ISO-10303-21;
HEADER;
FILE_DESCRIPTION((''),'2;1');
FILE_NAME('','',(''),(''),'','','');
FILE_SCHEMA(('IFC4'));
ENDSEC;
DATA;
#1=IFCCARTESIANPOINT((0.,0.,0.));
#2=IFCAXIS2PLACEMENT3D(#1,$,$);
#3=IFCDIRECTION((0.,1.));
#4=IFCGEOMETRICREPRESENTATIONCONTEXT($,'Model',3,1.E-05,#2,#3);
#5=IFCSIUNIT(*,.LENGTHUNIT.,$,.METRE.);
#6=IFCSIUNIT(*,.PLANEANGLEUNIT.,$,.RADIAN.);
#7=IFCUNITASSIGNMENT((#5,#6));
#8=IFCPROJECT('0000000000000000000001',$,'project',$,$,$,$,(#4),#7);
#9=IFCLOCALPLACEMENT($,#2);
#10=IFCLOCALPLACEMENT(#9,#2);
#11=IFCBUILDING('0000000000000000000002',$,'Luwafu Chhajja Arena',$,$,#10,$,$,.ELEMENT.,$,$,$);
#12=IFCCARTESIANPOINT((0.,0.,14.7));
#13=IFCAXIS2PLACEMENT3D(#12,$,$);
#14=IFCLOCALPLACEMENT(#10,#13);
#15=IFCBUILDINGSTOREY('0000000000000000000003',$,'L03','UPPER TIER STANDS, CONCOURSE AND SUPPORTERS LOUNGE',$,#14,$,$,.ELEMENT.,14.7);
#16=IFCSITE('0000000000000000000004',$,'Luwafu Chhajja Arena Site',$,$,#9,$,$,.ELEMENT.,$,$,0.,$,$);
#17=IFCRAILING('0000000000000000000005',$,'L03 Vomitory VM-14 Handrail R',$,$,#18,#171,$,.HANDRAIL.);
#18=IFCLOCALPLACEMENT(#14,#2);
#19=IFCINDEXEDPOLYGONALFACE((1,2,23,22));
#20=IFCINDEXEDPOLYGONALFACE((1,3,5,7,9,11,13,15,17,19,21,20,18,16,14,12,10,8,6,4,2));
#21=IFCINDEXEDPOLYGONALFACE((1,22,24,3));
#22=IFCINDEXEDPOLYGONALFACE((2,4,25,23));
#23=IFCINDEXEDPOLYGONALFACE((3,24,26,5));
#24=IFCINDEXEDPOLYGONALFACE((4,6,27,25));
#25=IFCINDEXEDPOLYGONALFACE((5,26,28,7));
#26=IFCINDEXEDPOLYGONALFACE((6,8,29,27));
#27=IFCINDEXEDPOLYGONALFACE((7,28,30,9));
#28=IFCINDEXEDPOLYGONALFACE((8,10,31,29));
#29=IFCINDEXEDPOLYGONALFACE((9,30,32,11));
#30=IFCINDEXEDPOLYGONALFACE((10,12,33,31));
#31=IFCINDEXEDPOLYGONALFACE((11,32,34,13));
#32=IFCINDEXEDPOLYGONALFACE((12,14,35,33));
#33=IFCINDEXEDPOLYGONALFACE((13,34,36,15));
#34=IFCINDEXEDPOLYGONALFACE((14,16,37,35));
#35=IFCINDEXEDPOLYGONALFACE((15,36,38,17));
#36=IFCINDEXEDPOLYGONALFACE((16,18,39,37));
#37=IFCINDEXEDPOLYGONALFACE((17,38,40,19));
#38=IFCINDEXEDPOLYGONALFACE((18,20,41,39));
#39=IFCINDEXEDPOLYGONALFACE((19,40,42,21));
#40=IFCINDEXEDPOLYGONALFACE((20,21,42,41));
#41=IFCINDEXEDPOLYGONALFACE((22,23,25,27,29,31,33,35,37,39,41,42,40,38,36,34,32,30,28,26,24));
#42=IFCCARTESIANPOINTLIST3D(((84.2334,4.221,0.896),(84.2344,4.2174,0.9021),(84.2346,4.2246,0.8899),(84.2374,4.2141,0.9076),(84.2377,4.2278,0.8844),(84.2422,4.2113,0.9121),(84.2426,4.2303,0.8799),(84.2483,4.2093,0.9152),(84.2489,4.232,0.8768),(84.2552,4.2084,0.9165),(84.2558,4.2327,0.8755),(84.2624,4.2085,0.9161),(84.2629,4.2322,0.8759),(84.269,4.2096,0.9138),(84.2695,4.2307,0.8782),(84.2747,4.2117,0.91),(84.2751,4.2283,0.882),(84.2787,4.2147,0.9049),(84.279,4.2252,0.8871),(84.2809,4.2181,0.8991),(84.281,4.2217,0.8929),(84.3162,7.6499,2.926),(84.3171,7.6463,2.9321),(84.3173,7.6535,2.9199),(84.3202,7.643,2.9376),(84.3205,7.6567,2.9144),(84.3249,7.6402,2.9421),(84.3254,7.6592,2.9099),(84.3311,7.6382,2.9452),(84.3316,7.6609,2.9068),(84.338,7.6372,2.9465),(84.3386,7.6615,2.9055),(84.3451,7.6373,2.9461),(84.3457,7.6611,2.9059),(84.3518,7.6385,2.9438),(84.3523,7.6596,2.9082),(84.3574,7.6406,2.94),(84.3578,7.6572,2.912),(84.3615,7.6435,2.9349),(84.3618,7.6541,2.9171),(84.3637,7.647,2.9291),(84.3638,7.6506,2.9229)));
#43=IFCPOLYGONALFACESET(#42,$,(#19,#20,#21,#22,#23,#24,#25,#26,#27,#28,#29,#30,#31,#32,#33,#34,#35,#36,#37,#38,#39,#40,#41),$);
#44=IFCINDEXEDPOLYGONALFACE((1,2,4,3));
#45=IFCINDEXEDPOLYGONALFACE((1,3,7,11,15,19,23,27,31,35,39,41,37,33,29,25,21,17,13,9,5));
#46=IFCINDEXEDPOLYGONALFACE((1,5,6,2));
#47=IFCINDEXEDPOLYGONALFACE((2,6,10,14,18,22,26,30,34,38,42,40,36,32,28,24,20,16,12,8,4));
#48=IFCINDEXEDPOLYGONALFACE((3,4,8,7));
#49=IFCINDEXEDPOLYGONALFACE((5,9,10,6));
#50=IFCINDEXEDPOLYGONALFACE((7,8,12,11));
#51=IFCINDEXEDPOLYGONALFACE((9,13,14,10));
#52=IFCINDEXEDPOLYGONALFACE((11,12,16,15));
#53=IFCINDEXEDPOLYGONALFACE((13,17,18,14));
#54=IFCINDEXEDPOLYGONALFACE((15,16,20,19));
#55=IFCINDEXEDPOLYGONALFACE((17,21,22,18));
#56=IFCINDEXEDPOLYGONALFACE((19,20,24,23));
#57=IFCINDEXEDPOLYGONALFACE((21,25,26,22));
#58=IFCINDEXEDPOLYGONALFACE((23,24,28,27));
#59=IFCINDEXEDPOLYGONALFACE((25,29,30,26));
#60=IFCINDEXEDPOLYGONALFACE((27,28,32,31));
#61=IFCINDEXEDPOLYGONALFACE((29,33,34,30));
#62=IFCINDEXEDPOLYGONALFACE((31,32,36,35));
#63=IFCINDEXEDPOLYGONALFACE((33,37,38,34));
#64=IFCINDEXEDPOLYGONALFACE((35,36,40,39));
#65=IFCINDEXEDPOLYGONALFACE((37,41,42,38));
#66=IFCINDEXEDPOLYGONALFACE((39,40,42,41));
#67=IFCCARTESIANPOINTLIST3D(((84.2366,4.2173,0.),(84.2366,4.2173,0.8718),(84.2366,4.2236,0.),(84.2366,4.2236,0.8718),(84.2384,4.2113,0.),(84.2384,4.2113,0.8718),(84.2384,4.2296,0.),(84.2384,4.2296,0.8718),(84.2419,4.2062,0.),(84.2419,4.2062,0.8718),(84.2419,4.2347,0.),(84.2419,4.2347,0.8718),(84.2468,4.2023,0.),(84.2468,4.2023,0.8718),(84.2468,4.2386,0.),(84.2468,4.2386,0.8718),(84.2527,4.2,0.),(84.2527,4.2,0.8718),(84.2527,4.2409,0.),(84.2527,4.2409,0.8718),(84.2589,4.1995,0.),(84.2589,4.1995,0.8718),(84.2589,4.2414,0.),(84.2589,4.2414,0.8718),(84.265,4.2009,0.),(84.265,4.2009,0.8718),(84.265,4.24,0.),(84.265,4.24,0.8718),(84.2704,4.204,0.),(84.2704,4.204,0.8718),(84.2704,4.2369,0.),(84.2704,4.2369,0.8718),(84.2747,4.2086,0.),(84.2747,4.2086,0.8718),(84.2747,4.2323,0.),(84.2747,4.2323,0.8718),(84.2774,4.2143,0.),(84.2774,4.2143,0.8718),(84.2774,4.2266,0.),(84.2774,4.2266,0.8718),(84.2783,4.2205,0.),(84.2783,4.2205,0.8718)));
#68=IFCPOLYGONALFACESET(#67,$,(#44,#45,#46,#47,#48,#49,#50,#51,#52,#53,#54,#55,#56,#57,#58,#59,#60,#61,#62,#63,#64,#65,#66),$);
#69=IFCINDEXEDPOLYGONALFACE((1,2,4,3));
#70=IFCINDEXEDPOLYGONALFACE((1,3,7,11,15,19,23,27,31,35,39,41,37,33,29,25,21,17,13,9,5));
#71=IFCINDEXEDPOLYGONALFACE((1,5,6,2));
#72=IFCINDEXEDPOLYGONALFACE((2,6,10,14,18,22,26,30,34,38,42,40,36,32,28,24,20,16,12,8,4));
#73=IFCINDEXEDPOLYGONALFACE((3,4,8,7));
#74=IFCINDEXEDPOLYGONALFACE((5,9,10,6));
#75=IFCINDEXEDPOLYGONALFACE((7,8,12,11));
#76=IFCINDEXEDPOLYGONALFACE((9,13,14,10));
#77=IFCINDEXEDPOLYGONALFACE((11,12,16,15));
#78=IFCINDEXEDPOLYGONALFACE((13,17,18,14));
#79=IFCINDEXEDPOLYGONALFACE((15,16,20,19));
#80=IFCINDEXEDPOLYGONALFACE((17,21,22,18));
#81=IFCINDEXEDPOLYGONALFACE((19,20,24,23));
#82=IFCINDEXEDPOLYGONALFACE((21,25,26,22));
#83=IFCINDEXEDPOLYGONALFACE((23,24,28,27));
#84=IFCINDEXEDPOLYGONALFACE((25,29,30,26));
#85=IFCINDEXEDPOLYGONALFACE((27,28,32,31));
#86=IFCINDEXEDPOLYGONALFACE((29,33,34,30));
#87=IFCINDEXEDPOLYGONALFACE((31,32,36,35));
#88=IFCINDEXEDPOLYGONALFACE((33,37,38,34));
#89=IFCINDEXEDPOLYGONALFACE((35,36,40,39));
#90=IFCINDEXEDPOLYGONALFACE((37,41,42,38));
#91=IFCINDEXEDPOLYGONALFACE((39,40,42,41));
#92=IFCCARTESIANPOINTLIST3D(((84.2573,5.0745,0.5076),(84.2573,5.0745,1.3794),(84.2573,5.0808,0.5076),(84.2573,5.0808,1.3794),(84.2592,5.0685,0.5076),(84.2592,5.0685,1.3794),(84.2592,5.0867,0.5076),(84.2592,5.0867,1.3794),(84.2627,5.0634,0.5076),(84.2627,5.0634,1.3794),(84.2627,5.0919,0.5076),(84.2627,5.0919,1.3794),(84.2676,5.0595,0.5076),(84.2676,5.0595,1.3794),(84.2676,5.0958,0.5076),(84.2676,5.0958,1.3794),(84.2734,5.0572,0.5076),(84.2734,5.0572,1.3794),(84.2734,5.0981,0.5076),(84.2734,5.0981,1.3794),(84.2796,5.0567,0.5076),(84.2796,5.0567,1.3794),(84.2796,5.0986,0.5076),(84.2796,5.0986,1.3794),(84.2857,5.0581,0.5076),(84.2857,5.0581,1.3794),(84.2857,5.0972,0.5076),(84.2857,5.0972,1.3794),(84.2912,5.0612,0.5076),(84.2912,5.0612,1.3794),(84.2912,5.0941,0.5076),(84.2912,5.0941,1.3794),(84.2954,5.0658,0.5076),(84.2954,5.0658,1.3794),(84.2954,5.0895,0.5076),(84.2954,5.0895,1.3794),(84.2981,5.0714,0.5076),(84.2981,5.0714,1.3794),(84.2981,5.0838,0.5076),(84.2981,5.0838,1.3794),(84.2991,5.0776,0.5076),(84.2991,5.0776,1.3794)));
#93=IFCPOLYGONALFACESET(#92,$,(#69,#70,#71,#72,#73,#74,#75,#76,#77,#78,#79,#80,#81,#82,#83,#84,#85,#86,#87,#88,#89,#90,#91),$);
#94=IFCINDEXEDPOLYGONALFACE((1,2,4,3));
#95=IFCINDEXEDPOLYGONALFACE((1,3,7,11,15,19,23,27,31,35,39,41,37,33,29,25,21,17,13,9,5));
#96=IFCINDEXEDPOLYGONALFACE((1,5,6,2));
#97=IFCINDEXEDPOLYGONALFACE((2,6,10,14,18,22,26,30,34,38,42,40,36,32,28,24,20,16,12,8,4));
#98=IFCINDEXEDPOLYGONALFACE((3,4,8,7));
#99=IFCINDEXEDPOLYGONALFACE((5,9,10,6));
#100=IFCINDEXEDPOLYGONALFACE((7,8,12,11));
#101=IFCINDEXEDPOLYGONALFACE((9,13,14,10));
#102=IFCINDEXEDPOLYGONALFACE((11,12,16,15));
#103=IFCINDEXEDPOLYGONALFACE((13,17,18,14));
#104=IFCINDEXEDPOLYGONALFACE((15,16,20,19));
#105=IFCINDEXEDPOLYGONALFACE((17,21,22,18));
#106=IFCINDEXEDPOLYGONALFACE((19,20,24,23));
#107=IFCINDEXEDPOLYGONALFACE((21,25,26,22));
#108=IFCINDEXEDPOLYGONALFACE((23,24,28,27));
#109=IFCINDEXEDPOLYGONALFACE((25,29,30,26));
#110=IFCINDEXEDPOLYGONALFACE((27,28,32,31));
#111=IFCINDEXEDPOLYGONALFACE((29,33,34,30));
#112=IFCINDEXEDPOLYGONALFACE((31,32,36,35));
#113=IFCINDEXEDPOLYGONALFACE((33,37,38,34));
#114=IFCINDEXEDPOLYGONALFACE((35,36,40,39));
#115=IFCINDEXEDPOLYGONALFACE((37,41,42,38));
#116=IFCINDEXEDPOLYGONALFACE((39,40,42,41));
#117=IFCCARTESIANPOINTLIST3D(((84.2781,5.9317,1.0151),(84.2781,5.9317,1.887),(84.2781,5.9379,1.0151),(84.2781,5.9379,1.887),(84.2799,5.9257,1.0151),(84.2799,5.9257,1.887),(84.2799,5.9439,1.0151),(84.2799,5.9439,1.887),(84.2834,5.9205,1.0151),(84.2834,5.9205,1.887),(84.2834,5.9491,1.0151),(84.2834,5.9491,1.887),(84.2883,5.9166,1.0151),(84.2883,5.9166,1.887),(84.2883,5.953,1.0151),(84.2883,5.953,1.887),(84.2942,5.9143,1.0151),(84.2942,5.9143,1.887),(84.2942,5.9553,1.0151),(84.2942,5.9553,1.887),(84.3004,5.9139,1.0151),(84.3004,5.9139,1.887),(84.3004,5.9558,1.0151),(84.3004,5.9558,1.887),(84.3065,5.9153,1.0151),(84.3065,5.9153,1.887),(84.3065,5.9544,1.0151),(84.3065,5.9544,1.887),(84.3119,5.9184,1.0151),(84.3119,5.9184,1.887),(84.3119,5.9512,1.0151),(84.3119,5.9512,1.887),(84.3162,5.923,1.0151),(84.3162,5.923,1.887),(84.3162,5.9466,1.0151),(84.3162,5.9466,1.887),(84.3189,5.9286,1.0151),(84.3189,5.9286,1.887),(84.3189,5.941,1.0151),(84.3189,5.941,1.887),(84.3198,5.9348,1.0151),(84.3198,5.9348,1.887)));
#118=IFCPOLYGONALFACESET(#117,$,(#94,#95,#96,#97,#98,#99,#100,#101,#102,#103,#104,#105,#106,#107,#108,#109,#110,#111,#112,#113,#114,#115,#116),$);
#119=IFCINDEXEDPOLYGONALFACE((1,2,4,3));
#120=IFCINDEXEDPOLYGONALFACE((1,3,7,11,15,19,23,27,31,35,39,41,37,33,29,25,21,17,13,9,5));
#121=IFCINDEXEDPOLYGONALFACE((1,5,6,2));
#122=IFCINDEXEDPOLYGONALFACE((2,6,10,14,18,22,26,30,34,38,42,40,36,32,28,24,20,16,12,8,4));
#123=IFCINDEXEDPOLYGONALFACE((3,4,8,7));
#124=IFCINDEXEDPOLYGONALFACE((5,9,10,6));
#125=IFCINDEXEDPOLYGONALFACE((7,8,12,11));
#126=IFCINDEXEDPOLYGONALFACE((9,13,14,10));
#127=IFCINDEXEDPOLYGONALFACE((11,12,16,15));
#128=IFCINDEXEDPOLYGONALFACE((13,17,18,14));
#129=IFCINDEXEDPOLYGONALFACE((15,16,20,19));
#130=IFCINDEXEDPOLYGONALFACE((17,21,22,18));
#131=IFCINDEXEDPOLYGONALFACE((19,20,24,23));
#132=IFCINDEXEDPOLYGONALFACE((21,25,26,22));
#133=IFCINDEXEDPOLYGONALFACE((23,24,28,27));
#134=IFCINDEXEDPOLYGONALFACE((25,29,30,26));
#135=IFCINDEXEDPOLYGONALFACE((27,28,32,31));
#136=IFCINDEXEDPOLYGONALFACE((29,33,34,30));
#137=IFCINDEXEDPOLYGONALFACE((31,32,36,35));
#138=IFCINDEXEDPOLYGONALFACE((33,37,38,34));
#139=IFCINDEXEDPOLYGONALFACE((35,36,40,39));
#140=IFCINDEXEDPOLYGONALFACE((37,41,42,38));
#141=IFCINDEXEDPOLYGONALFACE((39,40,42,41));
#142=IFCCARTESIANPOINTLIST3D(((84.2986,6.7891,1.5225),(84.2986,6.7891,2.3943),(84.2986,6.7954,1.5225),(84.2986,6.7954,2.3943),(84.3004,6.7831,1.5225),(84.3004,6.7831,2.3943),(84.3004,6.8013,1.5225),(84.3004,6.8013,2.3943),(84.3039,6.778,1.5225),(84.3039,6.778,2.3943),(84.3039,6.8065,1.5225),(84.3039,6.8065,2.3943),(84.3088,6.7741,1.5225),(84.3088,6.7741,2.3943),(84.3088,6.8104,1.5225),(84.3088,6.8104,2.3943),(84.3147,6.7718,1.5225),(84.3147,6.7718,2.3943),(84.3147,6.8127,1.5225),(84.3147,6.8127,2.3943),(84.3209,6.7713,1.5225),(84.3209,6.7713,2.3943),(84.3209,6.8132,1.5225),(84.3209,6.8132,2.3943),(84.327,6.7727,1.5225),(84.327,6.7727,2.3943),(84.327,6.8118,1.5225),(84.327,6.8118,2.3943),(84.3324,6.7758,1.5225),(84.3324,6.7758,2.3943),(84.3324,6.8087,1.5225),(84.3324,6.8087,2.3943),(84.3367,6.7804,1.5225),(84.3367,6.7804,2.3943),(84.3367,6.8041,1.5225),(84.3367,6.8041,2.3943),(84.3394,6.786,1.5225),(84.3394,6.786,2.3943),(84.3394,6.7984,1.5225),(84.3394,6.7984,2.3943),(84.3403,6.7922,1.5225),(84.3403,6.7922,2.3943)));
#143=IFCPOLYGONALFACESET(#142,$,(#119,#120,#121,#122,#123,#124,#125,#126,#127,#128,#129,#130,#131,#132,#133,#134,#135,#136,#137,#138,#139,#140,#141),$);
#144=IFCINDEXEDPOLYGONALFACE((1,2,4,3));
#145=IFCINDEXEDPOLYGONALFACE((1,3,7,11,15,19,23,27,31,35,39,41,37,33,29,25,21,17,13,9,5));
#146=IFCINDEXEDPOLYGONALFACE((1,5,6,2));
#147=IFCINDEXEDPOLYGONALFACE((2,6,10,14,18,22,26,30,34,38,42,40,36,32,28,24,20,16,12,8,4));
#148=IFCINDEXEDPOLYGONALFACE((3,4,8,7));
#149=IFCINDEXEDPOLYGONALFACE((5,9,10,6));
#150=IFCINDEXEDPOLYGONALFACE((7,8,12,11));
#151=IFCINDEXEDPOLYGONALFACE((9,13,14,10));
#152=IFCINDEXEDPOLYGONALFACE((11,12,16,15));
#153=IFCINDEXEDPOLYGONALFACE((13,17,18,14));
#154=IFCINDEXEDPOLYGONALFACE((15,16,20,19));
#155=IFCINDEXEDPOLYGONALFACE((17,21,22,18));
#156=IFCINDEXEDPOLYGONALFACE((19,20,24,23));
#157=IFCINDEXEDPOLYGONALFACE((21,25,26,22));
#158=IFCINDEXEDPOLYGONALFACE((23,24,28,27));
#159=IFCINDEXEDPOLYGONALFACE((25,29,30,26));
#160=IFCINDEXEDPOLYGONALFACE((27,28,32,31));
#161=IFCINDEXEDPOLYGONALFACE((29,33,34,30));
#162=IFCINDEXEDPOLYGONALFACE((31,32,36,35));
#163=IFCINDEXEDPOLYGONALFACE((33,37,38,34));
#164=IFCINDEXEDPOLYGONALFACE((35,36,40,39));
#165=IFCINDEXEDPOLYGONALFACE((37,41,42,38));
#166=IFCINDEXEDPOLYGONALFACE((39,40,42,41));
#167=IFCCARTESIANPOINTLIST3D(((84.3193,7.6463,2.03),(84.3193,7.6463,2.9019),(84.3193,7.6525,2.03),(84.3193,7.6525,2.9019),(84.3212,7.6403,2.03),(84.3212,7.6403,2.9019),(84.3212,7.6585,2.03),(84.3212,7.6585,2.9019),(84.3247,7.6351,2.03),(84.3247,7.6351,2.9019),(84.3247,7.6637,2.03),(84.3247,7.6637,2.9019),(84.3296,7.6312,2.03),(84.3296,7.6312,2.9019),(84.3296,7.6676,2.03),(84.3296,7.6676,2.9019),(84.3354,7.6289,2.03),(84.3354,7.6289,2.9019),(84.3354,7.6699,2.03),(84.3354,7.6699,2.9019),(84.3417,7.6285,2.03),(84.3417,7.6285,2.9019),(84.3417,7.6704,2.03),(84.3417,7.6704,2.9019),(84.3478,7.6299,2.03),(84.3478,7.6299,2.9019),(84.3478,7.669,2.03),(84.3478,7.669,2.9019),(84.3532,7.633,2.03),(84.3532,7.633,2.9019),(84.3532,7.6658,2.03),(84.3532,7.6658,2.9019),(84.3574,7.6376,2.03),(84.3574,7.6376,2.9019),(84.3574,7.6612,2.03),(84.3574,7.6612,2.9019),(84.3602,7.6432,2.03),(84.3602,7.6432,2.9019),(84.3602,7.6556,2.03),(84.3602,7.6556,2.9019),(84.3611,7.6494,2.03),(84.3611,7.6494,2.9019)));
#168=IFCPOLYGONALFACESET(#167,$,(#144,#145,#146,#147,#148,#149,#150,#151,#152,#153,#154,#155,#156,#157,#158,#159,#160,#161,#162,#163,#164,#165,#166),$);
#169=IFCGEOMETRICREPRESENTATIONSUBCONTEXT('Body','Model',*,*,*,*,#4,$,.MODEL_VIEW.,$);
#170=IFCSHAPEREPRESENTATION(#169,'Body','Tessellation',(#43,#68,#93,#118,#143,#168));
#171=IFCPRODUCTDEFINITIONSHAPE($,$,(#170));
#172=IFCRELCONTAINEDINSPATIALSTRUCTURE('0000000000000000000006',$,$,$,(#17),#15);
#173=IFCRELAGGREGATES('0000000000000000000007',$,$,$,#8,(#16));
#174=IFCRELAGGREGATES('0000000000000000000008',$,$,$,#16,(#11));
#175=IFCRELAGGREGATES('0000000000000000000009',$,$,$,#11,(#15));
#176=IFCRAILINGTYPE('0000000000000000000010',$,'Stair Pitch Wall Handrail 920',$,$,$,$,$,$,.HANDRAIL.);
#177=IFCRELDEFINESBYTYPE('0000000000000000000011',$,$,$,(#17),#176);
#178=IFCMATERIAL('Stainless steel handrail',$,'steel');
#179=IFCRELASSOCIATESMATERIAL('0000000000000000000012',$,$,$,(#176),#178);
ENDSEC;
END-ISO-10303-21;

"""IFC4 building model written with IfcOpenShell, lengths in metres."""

from ifc_helpers import new_model, si_unit, direction, frame, origin, origin_2d, place, context, subcontext, project, spatial, circle, extrude, material, type_object, element, save


model = new_model("IFC4")

# Units and contexts
model_context = context("Model", 3, precision=1e-05, world=origin(), true_north=direction((0.0, 1.0)))
body_context = subcontext(model_context, "Body", "Model", "MODEL_VIEW")
ifc_project = project(units=[si_unit("LENGTHUNIT", "METRE"), si_unit("PLANEANGLEUNIT", "RADIAN")], contexts=[model_context])

# Site, building, storey
site_placement = place(None, origin())
site = spatial("IfcSite", under=ifc_project, at=site_placement, Name="Luwafu Chhajja Arena Site", CompositionType="ELEMENT", RefElevation=0.0)
building_placement = place(site_placement, origin())
building = spatial("IfcBuilding", under=site, at=building_placement, Name="Luwafu Chhajja Arena", CompositionType="ELEMENT")
storey_placement = place(building_placement, frame((0.0, 0.0, 14.7)))
storey = spatial("IfcBuildingStorey", under=building, at=storey_placement, Name="L03", Description="UPPER TIER STANDS, CONCOURSE AND SUPPORTERS LOUNGE", CompositionType="ELEMENT", Elevation=14.7)

# Railing
ifc_material_1 = material(Name="Stainless steel handrail", Category="steel")
railing_type_1 = type_object("IfcRailingType", Name="Stair Pitch Wall Handrail 920", PredefinedType="HANDRAIL", material=ifc_material_1)
railing_1_placement = place(storey_placement, frame((84.2573, 4.2205, 0.0)))
element("IfcRailing", 1, at=railing_1_placement, inside=storey, type_object=railing_type_1, Name="L03 Vomitory VM-14 Handrail R", PredefinedType="HANDRAIL", context=body_context, shape_type="SweptSolid", body=[
    extrude(circle(Radius=0.0239, at=origin_2d()), frame((0.0, 0.0, 0.896), z_axis=(0.020765, 0.86032, 0.509331), x_axis=(-0.999709, 0.02413, 0.0)), (0.0, 0.0, 1.0), 3.9856),
    extrude(circle(Radius=0.021, at=origin_2d()), origin(), (0.0, 0.0, 1.0), 0.8718),
    extrude(circle(Radius=0.021, at=origin_2d()), frame((0.0208, 0.8572, 0.5076)), (0.0, 0.0, 1.0), 0.8718),
    extrude(circle(Radius=0.021, at=origin_2d()), frame((0.0415, 1.7144, 1.0151)), (0.0, 0.0, 1.0), 0.8718),
    extrude(circle(Radius=0.021, at=origin_2d()), frame((0.062, 2.5718, 1.5225)), (0.0, 0.0, 1.0), 0.8718),
    extrude(circle(Radius=0.021, at=origin_2d()), frame((0.0828, 3.429, 2.03)), (0.0, 0.0, 1.0), 0.8718),
])

save(model, "model.ifc")
